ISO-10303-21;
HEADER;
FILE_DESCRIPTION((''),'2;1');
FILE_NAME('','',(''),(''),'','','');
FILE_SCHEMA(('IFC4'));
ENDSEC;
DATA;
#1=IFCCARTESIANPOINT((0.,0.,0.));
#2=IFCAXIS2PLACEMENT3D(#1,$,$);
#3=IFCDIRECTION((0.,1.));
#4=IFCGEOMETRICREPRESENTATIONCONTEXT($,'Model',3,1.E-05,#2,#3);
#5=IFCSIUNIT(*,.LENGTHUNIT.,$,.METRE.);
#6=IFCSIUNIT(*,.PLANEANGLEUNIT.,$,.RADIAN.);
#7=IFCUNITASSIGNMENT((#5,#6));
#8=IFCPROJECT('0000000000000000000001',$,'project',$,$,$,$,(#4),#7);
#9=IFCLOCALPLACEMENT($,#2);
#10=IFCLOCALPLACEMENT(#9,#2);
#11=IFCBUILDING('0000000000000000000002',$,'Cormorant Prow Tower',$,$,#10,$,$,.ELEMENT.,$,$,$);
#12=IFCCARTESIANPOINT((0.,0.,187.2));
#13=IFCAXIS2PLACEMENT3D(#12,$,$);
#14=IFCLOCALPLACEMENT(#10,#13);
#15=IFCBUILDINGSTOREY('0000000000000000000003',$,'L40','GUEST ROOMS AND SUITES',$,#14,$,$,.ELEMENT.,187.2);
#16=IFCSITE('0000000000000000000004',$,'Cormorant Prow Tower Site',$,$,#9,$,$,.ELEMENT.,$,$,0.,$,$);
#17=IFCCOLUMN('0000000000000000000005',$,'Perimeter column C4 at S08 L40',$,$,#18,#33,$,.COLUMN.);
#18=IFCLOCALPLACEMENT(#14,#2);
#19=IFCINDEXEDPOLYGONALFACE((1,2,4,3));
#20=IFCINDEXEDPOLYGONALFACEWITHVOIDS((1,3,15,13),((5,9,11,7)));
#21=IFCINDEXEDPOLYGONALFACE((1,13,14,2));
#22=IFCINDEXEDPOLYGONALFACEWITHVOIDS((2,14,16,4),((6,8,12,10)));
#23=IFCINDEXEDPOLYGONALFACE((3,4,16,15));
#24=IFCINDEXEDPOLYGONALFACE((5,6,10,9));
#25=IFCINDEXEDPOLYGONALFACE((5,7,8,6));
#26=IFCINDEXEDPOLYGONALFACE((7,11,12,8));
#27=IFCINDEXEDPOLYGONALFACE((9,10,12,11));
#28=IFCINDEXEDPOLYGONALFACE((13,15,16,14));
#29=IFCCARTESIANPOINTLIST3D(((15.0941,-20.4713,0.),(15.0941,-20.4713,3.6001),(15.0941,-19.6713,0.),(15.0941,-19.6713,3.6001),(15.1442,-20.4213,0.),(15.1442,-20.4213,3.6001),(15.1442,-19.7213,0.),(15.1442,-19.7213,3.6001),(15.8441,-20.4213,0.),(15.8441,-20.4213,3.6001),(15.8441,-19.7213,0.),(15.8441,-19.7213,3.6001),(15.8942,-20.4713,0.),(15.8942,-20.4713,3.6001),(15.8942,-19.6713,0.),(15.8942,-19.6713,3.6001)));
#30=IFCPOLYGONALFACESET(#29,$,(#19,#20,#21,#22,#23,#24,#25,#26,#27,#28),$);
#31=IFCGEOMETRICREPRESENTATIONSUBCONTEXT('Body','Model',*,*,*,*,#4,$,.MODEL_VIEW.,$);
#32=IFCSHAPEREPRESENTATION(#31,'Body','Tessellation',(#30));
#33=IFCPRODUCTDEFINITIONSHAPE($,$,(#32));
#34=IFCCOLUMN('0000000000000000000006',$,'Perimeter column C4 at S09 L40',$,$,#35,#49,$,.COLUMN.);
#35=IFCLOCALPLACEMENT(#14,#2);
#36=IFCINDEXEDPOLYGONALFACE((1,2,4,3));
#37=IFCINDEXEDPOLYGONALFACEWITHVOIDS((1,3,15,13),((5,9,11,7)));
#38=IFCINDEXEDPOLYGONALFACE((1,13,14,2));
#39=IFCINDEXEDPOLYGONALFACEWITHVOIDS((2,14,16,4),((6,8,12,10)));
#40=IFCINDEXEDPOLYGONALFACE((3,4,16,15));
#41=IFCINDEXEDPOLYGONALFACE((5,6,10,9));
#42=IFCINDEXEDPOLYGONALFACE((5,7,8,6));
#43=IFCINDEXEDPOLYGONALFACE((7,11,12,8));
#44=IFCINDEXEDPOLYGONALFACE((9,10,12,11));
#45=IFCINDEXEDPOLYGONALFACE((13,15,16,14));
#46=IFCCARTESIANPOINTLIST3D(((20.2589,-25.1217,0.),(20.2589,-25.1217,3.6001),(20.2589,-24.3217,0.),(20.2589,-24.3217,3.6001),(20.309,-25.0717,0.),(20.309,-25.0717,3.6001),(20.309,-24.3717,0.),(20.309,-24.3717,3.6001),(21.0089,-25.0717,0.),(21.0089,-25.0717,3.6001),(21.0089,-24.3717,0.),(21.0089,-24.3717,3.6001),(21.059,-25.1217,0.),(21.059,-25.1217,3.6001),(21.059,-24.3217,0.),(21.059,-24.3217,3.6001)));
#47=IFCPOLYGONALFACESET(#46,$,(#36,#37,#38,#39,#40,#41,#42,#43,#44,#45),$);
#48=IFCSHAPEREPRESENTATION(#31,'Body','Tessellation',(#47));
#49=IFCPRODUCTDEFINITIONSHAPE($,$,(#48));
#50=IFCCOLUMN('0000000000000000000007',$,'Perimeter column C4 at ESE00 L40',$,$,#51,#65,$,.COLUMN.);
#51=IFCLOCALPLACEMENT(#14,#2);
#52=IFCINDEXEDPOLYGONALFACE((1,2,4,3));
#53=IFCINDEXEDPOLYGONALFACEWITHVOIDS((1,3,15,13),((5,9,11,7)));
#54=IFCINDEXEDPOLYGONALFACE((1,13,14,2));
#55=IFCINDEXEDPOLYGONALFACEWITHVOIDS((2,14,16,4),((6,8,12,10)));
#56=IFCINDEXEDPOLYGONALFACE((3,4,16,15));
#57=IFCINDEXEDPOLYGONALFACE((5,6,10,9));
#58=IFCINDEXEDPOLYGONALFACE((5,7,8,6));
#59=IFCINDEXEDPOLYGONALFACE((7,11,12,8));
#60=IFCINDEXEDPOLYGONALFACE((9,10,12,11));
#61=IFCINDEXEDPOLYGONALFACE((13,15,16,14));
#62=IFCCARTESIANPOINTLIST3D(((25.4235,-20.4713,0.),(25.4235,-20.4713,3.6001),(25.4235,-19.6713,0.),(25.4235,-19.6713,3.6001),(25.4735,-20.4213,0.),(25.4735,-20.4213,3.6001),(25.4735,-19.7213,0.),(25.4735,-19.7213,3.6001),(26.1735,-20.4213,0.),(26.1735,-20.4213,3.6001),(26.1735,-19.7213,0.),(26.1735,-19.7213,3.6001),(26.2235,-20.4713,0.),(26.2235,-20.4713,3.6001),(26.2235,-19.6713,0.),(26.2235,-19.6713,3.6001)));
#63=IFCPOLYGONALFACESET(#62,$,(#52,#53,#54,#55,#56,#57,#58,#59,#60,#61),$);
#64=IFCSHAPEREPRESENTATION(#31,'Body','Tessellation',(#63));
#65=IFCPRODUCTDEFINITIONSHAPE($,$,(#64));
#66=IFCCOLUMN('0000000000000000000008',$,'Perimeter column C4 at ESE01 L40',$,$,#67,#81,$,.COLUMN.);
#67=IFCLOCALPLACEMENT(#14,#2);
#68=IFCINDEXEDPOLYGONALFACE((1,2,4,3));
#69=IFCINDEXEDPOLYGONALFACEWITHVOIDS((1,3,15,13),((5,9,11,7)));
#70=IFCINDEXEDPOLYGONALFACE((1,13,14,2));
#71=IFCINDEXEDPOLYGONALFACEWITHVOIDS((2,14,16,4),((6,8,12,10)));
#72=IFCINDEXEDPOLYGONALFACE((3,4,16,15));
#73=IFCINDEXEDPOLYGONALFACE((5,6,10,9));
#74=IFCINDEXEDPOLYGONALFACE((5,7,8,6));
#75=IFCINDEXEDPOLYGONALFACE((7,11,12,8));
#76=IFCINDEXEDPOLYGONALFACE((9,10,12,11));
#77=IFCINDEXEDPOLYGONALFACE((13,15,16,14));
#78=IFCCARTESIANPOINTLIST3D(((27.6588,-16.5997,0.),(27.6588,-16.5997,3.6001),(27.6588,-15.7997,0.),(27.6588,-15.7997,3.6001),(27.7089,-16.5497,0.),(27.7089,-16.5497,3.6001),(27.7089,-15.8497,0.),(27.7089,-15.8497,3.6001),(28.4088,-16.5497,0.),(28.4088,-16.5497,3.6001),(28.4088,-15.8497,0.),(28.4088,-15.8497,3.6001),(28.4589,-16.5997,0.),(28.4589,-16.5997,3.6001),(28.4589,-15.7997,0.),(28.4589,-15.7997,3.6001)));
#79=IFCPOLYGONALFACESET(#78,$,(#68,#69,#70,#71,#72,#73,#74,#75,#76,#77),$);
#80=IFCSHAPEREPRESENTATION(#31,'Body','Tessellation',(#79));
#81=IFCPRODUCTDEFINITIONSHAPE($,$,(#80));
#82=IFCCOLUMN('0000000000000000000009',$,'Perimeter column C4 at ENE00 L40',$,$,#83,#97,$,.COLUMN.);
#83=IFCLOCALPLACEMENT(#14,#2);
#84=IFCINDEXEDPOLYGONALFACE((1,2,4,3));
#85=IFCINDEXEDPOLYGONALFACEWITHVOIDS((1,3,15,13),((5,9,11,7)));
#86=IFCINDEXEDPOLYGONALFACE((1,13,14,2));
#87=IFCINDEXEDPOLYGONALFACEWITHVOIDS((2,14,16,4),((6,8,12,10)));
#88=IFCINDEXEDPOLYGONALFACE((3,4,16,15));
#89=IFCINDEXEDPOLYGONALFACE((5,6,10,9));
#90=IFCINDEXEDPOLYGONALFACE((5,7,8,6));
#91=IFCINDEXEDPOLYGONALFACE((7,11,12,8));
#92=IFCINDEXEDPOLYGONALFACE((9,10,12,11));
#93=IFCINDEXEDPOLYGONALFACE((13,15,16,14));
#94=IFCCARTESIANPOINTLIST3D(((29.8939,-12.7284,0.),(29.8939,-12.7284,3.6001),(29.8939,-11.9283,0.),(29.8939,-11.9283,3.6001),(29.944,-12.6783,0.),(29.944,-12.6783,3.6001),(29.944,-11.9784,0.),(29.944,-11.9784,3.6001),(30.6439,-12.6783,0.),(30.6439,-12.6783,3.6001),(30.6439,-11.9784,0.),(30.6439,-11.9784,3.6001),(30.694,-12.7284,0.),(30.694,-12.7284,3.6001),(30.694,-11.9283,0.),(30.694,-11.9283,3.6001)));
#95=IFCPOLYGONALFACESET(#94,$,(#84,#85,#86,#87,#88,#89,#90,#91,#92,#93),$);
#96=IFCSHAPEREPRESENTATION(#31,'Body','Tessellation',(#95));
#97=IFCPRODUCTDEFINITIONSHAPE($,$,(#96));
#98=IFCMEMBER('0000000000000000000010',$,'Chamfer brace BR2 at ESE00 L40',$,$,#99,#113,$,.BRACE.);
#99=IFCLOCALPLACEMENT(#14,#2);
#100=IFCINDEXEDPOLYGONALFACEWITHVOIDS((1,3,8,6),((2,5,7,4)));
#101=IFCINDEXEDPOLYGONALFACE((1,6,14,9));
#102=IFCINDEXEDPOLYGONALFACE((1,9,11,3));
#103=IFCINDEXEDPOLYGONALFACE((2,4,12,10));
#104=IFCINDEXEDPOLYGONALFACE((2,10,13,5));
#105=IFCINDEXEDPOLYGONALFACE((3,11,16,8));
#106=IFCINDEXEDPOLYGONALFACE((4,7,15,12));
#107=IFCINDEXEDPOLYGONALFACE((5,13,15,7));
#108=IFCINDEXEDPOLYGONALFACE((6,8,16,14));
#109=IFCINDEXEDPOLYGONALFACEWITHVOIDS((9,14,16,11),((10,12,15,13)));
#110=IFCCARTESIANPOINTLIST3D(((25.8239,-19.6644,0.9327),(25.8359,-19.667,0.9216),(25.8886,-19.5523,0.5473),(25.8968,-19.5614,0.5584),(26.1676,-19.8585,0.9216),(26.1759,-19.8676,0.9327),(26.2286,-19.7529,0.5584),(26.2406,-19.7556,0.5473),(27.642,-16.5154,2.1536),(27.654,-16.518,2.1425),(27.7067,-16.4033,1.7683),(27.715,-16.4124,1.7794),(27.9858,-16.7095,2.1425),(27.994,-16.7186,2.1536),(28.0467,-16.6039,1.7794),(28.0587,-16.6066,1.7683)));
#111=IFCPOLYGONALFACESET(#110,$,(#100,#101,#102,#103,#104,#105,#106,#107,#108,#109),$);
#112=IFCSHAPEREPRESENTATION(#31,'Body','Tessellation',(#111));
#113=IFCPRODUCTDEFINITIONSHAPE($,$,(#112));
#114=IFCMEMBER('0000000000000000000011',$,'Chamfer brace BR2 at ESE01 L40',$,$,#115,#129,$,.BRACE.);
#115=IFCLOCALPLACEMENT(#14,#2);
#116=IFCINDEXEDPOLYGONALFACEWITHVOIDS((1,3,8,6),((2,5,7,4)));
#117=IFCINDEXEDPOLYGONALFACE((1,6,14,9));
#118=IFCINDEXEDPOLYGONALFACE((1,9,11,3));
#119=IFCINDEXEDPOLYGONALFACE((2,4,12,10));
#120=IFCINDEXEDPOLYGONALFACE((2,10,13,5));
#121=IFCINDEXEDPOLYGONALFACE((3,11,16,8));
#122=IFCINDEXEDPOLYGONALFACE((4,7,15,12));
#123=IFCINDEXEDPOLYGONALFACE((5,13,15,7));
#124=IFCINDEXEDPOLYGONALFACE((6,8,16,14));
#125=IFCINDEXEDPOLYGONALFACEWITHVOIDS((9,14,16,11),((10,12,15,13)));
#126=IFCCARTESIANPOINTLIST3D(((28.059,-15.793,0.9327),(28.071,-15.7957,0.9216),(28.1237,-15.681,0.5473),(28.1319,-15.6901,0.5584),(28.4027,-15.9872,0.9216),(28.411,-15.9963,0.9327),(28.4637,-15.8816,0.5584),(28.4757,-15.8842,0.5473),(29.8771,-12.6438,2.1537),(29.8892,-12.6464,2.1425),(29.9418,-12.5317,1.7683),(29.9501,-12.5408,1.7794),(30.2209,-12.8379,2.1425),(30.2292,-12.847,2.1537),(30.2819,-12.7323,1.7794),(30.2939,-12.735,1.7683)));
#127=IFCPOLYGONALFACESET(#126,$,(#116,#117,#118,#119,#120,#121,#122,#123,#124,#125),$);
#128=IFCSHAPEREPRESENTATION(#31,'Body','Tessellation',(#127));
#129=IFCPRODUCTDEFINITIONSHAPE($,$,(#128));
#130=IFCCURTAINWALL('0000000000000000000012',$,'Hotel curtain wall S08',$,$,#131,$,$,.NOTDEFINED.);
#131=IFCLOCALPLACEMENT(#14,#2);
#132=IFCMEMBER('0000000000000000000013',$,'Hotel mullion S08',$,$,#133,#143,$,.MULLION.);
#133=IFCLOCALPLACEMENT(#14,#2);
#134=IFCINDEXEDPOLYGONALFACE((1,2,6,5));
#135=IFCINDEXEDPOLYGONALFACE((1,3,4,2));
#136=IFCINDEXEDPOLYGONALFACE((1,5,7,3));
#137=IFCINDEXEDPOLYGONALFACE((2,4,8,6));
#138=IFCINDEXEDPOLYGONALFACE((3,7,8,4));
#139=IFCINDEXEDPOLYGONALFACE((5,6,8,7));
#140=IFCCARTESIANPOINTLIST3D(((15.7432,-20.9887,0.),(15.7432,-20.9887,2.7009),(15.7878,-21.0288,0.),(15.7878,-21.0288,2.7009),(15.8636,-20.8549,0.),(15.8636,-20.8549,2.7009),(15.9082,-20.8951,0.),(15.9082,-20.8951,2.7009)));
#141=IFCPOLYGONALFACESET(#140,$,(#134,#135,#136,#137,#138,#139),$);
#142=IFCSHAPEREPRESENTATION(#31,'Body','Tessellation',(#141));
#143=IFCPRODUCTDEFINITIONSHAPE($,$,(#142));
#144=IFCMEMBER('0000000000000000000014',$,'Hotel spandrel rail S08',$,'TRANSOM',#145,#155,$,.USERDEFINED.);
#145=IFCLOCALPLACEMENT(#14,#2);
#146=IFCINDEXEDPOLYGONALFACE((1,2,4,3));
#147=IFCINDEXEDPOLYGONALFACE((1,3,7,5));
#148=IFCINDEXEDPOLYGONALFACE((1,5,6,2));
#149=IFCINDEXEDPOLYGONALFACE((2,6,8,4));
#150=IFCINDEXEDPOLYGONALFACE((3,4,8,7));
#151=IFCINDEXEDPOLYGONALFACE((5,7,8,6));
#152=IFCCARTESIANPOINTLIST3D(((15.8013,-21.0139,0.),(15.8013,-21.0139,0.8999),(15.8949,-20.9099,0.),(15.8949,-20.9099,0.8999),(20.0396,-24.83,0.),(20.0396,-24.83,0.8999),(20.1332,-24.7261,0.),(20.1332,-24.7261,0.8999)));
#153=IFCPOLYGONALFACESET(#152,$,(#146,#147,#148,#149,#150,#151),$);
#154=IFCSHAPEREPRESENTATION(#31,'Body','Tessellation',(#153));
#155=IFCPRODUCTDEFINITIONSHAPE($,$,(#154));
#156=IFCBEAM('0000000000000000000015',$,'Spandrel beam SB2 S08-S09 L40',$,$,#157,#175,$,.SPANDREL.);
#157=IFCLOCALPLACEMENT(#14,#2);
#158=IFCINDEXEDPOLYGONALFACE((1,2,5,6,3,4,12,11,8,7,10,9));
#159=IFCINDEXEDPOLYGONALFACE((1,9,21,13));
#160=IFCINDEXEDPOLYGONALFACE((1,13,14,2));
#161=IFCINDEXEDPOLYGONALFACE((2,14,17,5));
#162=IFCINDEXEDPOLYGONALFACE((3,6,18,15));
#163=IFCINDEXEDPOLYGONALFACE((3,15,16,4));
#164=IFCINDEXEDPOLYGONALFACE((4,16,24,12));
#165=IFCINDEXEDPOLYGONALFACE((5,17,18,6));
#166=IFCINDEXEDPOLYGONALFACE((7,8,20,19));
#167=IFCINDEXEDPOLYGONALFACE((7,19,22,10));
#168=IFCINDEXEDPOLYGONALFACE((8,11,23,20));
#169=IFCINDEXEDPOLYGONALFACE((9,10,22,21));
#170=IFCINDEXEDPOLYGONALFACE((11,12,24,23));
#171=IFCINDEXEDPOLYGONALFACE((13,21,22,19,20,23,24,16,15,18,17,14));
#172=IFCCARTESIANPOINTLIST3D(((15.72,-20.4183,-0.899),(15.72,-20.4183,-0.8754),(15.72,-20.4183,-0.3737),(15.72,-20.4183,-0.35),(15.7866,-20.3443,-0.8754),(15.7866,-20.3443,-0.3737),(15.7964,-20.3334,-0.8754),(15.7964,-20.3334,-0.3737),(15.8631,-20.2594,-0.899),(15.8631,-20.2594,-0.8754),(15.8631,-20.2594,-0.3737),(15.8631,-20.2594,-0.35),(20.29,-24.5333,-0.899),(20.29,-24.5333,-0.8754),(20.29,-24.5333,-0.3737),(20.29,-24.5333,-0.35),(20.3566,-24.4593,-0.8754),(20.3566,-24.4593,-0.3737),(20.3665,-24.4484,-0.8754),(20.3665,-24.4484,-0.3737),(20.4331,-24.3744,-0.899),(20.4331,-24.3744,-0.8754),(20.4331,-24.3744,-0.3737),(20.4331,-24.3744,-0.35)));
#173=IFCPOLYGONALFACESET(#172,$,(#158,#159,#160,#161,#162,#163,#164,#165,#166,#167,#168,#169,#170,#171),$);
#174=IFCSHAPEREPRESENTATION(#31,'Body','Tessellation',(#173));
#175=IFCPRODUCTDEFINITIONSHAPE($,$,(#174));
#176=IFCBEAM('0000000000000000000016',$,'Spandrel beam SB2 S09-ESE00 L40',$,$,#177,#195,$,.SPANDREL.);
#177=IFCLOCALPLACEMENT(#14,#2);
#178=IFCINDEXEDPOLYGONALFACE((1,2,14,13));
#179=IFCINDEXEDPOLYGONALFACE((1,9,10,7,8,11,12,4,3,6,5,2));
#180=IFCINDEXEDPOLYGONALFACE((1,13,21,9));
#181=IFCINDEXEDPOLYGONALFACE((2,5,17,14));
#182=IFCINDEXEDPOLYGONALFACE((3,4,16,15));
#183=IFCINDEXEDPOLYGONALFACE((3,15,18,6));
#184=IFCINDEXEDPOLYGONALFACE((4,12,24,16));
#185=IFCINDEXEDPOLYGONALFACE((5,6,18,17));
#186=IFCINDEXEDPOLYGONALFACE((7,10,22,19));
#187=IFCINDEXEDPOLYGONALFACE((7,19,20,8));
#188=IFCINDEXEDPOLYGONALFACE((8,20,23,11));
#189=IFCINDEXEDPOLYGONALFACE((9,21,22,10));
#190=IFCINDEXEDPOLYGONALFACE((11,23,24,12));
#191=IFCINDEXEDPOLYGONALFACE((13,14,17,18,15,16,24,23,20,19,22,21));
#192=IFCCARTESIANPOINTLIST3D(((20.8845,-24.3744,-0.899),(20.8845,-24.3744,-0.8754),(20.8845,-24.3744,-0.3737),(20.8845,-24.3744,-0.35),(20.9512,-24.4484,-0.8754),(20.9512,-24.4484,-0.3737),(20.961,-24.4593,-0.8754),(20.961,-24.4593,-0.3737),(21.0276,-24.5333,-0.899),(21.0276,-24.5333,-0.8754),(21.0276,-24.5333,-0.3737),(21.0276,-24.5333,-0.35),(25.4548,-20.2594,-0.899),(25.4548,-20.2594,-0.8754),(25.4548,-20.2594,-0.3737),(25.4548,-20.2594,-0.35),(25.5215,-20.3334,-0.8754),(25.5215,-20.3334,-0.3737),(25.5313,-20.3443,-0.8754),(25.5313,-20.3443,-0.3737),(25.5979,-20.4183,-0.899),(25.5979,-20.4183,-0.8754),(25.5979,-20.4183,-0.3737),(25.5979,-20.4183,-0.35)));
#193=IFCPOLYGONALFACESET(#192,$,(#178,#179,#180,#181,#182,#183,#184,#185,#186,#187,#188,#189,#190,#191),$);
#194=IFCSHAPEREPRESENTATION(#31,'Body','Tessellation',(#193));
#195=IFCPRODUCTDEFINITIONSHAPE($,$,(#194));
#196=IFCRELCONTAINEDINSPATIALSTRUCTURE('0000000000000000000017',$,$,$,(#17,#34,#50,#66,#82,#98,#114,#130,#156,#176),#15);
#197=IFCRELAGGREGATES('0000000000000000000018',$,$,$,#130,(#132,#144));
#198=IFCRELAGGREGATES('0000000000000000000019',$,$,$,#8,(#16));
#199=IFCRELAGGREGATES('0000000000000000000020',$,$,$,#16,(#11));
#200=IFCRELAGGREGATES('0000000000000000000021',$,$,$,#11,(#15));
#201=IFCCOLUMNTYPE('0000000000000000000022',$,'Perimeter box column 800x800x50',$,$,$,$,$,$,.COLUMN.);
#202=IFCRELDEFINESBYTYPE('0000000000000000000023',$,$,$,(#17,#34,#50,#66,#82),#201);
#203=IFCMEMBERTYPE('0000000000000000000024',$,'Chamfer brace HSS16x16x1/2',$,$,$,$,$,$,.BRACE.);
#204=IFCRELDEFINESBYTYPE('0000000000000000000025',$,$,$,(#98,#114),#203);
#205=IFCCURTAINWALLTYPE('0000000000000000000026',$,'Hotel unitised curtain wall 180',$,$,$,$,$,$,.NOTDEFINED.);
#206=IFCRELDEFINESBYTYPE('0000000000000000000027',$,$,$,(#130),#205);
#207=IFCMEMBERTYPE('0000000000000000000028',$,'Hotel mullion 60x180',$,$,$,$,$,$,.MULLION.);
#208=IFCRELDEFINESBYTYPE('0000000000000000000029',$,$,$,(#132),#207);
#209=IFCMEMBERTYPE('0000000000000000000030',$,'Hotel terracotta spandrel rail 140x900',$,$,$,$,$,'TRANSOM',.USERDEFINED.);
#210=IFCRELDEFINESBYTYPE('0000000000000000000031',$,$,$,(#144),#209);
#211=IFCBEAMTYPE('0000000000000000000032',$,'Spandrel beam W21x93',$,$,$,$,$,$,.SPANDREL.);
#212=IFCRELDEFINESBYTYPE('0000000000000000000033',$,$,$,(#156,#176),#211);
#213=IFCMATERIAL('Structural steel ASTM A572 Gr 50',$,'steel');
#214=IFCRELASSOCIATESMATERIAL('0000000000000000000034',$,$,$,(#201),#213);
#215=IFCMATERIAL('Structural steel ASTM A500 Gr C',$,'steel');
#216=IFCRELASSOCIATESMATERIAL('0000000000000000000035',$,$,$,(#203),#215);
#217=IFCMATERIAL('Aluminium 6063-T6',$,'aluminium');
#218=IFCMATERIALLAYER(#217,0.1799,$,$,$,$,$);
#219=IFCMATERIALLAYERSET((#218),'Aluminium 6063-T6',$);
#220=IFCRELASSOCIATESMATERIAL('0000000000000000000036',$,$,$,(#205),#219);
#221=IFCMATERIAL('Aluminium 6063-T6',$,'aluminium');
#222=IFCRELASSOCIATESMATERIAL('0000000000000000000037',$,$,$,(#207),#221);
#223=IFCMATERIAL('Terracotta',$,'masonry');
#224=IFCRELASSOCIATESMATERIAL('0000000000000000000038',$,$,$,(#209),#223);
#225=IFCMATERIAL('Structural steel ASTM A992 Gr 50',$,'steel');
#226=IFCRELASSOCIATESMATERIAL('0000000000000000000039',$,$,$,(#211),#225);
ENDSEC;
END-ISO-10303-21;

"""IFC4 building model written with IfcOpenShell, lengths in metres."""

from ifc_helpers import new_model, si_unit, direction, frame, origin, origin_2d, place, context, subcontext, project, spatial, rectangle, hollow_rectangle, i_section, extrude, material, layer, layer_set, material_profile, profile_set, type_object, element, aggregate, save


model = new_model("IFC4")

# Units and contexts
model_context = context("Model", 3, precision=1e-05, world=origin(), true_north=direction((0.0, 1.0)))
body_context = subcontext(model_context, "Body", "Model", "MODEL_VIEW")
ifc_project = project(units=[si_unit("LENGTHUNIT", "METRE"), si_unit("PLANEANGLEUNIT", "RADIAN")], contexts=[model_context])

# Site, building, storey
site_placement = place(None, origin())
site = spatial("IfcSite", under=ifc_project, at=site_placement, Name="Cormorant Prow Tower Site", CompositionType="ELEMENT", RefElevation=0.0)
building_placement = place(site_placement, origin())
building = spatial("IfcBuilding", under=site, at=building_placement, Name="Cormorant Prow Tower", CompositionType="ELEMENT")
storey_placement = place(building_placement, frame((0.0, 0.0, 187.2)))
storey = spatial("IfcBuildingStorey", under=building, at=storey_placement, Name="L40", Description="GUEST ROOMS AND SUITES", CompositionType="ELEMENT", Elevation=187.2)

# Columns
ifc_material_1 = material(Name="Structural steel ASTM A572 Gr 50", Category="steel")
ifc_material_profile_1 = material_profile(ifc_material_1, hollow_rectangle(XDim=0.8, YDim=0.8, WallThickness=0.05, at=origin_2d()), Name="Box 800x800x50")
ifc_profile_set_1 = profile_set([ifc_material_profile_1], Name="Structural steel ASTM A572 Gr 50")
column_type = type_object("IfcColumnType", Name="Perimeter box column 800x800x50", PredefinedType="COLUMN", material=ifc_profile_set_1)
for number, where, z_axis, x_axis, name in (
    (1, (15.4941, -20.0713, 0.0), (0.0, 0.0, 1.0), (1.0, 0.0, 0.0), "Perimeter column C4 at S08 L40"),
    (2, (20.6589, -24.7217, 0.0), (0.0, 0.0, 1.0), (1.0, 0.0, 0.0), "Perimeter column C4 at S09 L40"),
    (3, (25.8235, -20.0713, 0.0), (0.0, 0.0, 1.0), (1.0, 0.0, 0.0), "Perimeter column C4 at ESE00 L40"),
    (4, (28.0588, -16.1997, 0.0), (0.0, 0.0, 1.0), (1.0, 0.0, 0.0), "Perimeter column C4 at ESE01 L40"),
    (5, (30.2939, -12.3284, 0.0), (0.0, 0.0, 1.0), (1.0, 0.0, 0.0), "Perimeter column C4 at ENE00 L40"),
):
    element("IfcColumn", number, at=place(storey_placement, frame(where, z_axis=z_axis, x_axis=x_axis)), inside=storey, type_object=column_type, Name=name, PredefinedType="COLUMN", context=body_context, shape_type="SweptSolid", body=[
        extrude(hollow_rectangle(XDim=0.8, YDim=0.8, WallThickness=0.05, at=origin_2d()), origin(), (0.0, 0.0, 1.0), 3.6001),
    ])

# Members
ifc_material_2 = material(Name="Structural steel ASTM A500 Gr C", Category="steel")
ifc_material_profile_2 = material_profile(ifc_material_2, hollow_rectangle(XDim=0.4065, YDim=0.4065, WallThickness=0.0117, at=origin_2d()), Name="HSS16x16x1/2")
ifc_profile_set_2 = profile_set([ifc_material_profile_2], Name="Structural steel ASTM A500 Gr C")
member_type_1 = type_object("IfcMemberType", Name="Chamfer brace HSS16x16x1/2", PredefinedType="BRACE", material=ifc_profile_set_2)
member_1_placement = place(storey_placement, frame((26.0322, -19.71, 0.74), z_axis=(0.474008, 0.820969, 0.318318), x_axis=(-0.866016, 0.500017, 0.0)))
element("IfcMember", 6, at=member_1_placement, inside=storey, type_object=member_type_1, Name="Chamfer brace BR2 at ESE00 L40", PredefinedType="BRACE", context=body_context, shape_type="SweptSolid", body=[
    extrude(hollow_rectangle(XDim=0.4065, YDim=0.4065, WallThickness=0.0117, at=origin_2d()), origin(), (0.0, 0.0, 1.0), 3.8357),
])
member_2_placement = place(storey_placement, frame((28.2673, -15.8386, 0.74), z_axis=(0.473983, 0.82099, 0.318301), x_axis=(-0.866032, 0.499988, 0.0)))
element("IfcMember", 7, at=member_2_placement, inside=storey, type_object=member_type_1, Name="Chamfer brace BR2 at ESE01 L40", PredefinedType="BRACE", context=body_context, shape_type="SweptSolid", body=[
    extrude(hollow_rectangle(XDim=0.4065, YDim=0.4065, WallThickness=0.0117, at=origin_2d()), origin(), (0.0, 0.0, 1.0), 3.8359),
])

# Curtain wall, members
ifc_material_3 = material(Name="Aluminium 6063-T6", Category="aluminium")
ifc_layer_1 = layer(ifc_material_3, 0.1799)
ifc_layer_set_1 = layer_set([ifc_layer_1], Name="Aluminium 6063-T6")
curtain_wall_type = type_object("IfcCurtainWallType", Name="Hotel unitised curtain wall 180", PredefinedType="NOTDEFINED", material=ifc_layer_set_1)
curtain_wall_placement = place(storey_placement, origin())
curtain_wall = element("IfcCurtainWall", 8, at=curtain_wall_placement, inside=storey, type_object=curtain_wall_type, Name="Hotel curtain wall S08", PredefinedType="NOTDEFINED")
ifc_material_4 = material(Name="Aluminium 6063-T6", Category="aluminium")
ifc_material_profile_3 = material_profile(ifc_material_4, rectangle(XDim=0.1799, YDim=0.0601, at=origin_2d()), Name="Hotel mullion 60x180")
ifc_profile_set_3 = profile_set([ifc_material_profile_3], Name="Aluminium 6063-T6")
member_type_2 = type_object("IfcMemberType", Name="Hotel mullion 60x180", PredefinedType="MULLION", material=ifc_profile_set_3)
member_3_placement = place(storey_placement, frame((15.8257, -20.9419, 0.0), z_axis=(0.0, 0.0, 1.0), x_axis=(0.669131, 0.743145, 0.0)))
member_3 = element("IfcMember", 9, at=member_3_placement, type_object=member_type_2, Name="Hotel mullion S08", PredefinedType="MULLION", context=body_context, shape_type="SweptSolid", body=[
    extrude(rectangle(XDim=0.1799, YDim=0.0601, at=origin_2d()), origin(), (0.0, 0.0, 1.0), 2.7009),
])
ifc_material_5 = material(Name="Terracotta", Category="masonry")
ifc_material_profile_4 = material_profile(ifc_material_5, rectangle(XDim=0.1399, YDim=0.8999, at=origin_2d()), Name="Hotel terracotta spandrel rail 140x900")
ifc_profile_set_4 = profile_set([ifc_material_profile_4], Name="Terracotta")
member_type_3 = type_object("IfcMemberType", Name="Hotel terracotta spandrel rail 140x900", ElementType="TRANSOM", PredefinedType="USERDEFINED", material=ifc_profile_set_4)
member_4_placement = place(storey_placement, frame((15.8481, -20.9619, 0.45), z_axis=(0.743145, -0.66913, 0.0), x_axis=(0.66913, 0.743145, 0.0)))
member_4 = element("IfcMember", 10, at=member_4_placement, type_object=member_type_3, Name="Hotel spandrel rail S08", ObjectType="TRANSOM", PredefinedType="USERDEFINED", context=body_context, shape_type="SweptSolid", body=[
    extrude(rectangle(XDim=0.1399, YDim=0.8999, at=origin_2d()), origin(), (0.0, 0.0, 1.0), 5.7031),
])

# Beams
ifc_material_6 = material(Name="Structural steel ASTM A992 Gr 50", Category="steel")
ifc_material_profile_5 = material_profile(ifc_material_6, i_section(OverallWidth=0.2139, OverallDepth=0.5491, WebThickness=0.0146, FlangeThickness=0.0237, at=origin_2d()), Name="W21x93")
ifc_profile_set_5 = profile_set([ifc_material_profile_5], Name="Structural steel ASTM A992 Gr 50")
beam_type = type_object("IfcBeamType", Name="Spandrel beam W21x93", PredefinedType="SPANDREL", material=ifc_profile_set_5)
beam_1_placement = place(storey_placement, frame((15.7915, -20.3389, -0.6245), z_axis=(0.743138, -0.669138, 0.0), x_axis=(0.669138, 0.743138, 0.0)))
element("IfcBeam", 11, at=beam_1_placement, inside=storey, type_object=beam_type, Name="Spandrel beam SB2 S08-S09 L40", PredefinedType="SPANDREL", context=body_context, shape_type="SweptSolid", body=[
    extrude(i_section(OverallWidth=0.2139, OverallDepth=0.5491, WebThickness=0.0146, FlangeThickness=0.0237, at=origin_2d()), origin(), (0.0, 0.0, 1.0), 6.1497),
])
beam_2_placement = place(storey_placement, frame((20.9561, -24.4539, -0.6245), z_axis=(0.743156, 0.669118, 0.0), x_axis=(-0.669118, 0.743156, 0.0)))
element("IfcBeam", 12, at=beam_2_placement, inside=storey, type_object=beam_type, Name="Spandrel beam SB2 S09-ESE00 L40", PredefinedType="SPANDREL", context=body_context, shape_type="SweptSolid", body=[
    extrude(i_section(OverallWidth=0.2139, OverallDepth=0.5491, WebThickness=0.0146, FlangeThickness=0.0237, at=origin_2d()), origin(), (0.0, 0.0, 1.0), 6.1499),
])

aggregate(curtain_wall, [member_3, member_4])

save(model, "model.ifc")
